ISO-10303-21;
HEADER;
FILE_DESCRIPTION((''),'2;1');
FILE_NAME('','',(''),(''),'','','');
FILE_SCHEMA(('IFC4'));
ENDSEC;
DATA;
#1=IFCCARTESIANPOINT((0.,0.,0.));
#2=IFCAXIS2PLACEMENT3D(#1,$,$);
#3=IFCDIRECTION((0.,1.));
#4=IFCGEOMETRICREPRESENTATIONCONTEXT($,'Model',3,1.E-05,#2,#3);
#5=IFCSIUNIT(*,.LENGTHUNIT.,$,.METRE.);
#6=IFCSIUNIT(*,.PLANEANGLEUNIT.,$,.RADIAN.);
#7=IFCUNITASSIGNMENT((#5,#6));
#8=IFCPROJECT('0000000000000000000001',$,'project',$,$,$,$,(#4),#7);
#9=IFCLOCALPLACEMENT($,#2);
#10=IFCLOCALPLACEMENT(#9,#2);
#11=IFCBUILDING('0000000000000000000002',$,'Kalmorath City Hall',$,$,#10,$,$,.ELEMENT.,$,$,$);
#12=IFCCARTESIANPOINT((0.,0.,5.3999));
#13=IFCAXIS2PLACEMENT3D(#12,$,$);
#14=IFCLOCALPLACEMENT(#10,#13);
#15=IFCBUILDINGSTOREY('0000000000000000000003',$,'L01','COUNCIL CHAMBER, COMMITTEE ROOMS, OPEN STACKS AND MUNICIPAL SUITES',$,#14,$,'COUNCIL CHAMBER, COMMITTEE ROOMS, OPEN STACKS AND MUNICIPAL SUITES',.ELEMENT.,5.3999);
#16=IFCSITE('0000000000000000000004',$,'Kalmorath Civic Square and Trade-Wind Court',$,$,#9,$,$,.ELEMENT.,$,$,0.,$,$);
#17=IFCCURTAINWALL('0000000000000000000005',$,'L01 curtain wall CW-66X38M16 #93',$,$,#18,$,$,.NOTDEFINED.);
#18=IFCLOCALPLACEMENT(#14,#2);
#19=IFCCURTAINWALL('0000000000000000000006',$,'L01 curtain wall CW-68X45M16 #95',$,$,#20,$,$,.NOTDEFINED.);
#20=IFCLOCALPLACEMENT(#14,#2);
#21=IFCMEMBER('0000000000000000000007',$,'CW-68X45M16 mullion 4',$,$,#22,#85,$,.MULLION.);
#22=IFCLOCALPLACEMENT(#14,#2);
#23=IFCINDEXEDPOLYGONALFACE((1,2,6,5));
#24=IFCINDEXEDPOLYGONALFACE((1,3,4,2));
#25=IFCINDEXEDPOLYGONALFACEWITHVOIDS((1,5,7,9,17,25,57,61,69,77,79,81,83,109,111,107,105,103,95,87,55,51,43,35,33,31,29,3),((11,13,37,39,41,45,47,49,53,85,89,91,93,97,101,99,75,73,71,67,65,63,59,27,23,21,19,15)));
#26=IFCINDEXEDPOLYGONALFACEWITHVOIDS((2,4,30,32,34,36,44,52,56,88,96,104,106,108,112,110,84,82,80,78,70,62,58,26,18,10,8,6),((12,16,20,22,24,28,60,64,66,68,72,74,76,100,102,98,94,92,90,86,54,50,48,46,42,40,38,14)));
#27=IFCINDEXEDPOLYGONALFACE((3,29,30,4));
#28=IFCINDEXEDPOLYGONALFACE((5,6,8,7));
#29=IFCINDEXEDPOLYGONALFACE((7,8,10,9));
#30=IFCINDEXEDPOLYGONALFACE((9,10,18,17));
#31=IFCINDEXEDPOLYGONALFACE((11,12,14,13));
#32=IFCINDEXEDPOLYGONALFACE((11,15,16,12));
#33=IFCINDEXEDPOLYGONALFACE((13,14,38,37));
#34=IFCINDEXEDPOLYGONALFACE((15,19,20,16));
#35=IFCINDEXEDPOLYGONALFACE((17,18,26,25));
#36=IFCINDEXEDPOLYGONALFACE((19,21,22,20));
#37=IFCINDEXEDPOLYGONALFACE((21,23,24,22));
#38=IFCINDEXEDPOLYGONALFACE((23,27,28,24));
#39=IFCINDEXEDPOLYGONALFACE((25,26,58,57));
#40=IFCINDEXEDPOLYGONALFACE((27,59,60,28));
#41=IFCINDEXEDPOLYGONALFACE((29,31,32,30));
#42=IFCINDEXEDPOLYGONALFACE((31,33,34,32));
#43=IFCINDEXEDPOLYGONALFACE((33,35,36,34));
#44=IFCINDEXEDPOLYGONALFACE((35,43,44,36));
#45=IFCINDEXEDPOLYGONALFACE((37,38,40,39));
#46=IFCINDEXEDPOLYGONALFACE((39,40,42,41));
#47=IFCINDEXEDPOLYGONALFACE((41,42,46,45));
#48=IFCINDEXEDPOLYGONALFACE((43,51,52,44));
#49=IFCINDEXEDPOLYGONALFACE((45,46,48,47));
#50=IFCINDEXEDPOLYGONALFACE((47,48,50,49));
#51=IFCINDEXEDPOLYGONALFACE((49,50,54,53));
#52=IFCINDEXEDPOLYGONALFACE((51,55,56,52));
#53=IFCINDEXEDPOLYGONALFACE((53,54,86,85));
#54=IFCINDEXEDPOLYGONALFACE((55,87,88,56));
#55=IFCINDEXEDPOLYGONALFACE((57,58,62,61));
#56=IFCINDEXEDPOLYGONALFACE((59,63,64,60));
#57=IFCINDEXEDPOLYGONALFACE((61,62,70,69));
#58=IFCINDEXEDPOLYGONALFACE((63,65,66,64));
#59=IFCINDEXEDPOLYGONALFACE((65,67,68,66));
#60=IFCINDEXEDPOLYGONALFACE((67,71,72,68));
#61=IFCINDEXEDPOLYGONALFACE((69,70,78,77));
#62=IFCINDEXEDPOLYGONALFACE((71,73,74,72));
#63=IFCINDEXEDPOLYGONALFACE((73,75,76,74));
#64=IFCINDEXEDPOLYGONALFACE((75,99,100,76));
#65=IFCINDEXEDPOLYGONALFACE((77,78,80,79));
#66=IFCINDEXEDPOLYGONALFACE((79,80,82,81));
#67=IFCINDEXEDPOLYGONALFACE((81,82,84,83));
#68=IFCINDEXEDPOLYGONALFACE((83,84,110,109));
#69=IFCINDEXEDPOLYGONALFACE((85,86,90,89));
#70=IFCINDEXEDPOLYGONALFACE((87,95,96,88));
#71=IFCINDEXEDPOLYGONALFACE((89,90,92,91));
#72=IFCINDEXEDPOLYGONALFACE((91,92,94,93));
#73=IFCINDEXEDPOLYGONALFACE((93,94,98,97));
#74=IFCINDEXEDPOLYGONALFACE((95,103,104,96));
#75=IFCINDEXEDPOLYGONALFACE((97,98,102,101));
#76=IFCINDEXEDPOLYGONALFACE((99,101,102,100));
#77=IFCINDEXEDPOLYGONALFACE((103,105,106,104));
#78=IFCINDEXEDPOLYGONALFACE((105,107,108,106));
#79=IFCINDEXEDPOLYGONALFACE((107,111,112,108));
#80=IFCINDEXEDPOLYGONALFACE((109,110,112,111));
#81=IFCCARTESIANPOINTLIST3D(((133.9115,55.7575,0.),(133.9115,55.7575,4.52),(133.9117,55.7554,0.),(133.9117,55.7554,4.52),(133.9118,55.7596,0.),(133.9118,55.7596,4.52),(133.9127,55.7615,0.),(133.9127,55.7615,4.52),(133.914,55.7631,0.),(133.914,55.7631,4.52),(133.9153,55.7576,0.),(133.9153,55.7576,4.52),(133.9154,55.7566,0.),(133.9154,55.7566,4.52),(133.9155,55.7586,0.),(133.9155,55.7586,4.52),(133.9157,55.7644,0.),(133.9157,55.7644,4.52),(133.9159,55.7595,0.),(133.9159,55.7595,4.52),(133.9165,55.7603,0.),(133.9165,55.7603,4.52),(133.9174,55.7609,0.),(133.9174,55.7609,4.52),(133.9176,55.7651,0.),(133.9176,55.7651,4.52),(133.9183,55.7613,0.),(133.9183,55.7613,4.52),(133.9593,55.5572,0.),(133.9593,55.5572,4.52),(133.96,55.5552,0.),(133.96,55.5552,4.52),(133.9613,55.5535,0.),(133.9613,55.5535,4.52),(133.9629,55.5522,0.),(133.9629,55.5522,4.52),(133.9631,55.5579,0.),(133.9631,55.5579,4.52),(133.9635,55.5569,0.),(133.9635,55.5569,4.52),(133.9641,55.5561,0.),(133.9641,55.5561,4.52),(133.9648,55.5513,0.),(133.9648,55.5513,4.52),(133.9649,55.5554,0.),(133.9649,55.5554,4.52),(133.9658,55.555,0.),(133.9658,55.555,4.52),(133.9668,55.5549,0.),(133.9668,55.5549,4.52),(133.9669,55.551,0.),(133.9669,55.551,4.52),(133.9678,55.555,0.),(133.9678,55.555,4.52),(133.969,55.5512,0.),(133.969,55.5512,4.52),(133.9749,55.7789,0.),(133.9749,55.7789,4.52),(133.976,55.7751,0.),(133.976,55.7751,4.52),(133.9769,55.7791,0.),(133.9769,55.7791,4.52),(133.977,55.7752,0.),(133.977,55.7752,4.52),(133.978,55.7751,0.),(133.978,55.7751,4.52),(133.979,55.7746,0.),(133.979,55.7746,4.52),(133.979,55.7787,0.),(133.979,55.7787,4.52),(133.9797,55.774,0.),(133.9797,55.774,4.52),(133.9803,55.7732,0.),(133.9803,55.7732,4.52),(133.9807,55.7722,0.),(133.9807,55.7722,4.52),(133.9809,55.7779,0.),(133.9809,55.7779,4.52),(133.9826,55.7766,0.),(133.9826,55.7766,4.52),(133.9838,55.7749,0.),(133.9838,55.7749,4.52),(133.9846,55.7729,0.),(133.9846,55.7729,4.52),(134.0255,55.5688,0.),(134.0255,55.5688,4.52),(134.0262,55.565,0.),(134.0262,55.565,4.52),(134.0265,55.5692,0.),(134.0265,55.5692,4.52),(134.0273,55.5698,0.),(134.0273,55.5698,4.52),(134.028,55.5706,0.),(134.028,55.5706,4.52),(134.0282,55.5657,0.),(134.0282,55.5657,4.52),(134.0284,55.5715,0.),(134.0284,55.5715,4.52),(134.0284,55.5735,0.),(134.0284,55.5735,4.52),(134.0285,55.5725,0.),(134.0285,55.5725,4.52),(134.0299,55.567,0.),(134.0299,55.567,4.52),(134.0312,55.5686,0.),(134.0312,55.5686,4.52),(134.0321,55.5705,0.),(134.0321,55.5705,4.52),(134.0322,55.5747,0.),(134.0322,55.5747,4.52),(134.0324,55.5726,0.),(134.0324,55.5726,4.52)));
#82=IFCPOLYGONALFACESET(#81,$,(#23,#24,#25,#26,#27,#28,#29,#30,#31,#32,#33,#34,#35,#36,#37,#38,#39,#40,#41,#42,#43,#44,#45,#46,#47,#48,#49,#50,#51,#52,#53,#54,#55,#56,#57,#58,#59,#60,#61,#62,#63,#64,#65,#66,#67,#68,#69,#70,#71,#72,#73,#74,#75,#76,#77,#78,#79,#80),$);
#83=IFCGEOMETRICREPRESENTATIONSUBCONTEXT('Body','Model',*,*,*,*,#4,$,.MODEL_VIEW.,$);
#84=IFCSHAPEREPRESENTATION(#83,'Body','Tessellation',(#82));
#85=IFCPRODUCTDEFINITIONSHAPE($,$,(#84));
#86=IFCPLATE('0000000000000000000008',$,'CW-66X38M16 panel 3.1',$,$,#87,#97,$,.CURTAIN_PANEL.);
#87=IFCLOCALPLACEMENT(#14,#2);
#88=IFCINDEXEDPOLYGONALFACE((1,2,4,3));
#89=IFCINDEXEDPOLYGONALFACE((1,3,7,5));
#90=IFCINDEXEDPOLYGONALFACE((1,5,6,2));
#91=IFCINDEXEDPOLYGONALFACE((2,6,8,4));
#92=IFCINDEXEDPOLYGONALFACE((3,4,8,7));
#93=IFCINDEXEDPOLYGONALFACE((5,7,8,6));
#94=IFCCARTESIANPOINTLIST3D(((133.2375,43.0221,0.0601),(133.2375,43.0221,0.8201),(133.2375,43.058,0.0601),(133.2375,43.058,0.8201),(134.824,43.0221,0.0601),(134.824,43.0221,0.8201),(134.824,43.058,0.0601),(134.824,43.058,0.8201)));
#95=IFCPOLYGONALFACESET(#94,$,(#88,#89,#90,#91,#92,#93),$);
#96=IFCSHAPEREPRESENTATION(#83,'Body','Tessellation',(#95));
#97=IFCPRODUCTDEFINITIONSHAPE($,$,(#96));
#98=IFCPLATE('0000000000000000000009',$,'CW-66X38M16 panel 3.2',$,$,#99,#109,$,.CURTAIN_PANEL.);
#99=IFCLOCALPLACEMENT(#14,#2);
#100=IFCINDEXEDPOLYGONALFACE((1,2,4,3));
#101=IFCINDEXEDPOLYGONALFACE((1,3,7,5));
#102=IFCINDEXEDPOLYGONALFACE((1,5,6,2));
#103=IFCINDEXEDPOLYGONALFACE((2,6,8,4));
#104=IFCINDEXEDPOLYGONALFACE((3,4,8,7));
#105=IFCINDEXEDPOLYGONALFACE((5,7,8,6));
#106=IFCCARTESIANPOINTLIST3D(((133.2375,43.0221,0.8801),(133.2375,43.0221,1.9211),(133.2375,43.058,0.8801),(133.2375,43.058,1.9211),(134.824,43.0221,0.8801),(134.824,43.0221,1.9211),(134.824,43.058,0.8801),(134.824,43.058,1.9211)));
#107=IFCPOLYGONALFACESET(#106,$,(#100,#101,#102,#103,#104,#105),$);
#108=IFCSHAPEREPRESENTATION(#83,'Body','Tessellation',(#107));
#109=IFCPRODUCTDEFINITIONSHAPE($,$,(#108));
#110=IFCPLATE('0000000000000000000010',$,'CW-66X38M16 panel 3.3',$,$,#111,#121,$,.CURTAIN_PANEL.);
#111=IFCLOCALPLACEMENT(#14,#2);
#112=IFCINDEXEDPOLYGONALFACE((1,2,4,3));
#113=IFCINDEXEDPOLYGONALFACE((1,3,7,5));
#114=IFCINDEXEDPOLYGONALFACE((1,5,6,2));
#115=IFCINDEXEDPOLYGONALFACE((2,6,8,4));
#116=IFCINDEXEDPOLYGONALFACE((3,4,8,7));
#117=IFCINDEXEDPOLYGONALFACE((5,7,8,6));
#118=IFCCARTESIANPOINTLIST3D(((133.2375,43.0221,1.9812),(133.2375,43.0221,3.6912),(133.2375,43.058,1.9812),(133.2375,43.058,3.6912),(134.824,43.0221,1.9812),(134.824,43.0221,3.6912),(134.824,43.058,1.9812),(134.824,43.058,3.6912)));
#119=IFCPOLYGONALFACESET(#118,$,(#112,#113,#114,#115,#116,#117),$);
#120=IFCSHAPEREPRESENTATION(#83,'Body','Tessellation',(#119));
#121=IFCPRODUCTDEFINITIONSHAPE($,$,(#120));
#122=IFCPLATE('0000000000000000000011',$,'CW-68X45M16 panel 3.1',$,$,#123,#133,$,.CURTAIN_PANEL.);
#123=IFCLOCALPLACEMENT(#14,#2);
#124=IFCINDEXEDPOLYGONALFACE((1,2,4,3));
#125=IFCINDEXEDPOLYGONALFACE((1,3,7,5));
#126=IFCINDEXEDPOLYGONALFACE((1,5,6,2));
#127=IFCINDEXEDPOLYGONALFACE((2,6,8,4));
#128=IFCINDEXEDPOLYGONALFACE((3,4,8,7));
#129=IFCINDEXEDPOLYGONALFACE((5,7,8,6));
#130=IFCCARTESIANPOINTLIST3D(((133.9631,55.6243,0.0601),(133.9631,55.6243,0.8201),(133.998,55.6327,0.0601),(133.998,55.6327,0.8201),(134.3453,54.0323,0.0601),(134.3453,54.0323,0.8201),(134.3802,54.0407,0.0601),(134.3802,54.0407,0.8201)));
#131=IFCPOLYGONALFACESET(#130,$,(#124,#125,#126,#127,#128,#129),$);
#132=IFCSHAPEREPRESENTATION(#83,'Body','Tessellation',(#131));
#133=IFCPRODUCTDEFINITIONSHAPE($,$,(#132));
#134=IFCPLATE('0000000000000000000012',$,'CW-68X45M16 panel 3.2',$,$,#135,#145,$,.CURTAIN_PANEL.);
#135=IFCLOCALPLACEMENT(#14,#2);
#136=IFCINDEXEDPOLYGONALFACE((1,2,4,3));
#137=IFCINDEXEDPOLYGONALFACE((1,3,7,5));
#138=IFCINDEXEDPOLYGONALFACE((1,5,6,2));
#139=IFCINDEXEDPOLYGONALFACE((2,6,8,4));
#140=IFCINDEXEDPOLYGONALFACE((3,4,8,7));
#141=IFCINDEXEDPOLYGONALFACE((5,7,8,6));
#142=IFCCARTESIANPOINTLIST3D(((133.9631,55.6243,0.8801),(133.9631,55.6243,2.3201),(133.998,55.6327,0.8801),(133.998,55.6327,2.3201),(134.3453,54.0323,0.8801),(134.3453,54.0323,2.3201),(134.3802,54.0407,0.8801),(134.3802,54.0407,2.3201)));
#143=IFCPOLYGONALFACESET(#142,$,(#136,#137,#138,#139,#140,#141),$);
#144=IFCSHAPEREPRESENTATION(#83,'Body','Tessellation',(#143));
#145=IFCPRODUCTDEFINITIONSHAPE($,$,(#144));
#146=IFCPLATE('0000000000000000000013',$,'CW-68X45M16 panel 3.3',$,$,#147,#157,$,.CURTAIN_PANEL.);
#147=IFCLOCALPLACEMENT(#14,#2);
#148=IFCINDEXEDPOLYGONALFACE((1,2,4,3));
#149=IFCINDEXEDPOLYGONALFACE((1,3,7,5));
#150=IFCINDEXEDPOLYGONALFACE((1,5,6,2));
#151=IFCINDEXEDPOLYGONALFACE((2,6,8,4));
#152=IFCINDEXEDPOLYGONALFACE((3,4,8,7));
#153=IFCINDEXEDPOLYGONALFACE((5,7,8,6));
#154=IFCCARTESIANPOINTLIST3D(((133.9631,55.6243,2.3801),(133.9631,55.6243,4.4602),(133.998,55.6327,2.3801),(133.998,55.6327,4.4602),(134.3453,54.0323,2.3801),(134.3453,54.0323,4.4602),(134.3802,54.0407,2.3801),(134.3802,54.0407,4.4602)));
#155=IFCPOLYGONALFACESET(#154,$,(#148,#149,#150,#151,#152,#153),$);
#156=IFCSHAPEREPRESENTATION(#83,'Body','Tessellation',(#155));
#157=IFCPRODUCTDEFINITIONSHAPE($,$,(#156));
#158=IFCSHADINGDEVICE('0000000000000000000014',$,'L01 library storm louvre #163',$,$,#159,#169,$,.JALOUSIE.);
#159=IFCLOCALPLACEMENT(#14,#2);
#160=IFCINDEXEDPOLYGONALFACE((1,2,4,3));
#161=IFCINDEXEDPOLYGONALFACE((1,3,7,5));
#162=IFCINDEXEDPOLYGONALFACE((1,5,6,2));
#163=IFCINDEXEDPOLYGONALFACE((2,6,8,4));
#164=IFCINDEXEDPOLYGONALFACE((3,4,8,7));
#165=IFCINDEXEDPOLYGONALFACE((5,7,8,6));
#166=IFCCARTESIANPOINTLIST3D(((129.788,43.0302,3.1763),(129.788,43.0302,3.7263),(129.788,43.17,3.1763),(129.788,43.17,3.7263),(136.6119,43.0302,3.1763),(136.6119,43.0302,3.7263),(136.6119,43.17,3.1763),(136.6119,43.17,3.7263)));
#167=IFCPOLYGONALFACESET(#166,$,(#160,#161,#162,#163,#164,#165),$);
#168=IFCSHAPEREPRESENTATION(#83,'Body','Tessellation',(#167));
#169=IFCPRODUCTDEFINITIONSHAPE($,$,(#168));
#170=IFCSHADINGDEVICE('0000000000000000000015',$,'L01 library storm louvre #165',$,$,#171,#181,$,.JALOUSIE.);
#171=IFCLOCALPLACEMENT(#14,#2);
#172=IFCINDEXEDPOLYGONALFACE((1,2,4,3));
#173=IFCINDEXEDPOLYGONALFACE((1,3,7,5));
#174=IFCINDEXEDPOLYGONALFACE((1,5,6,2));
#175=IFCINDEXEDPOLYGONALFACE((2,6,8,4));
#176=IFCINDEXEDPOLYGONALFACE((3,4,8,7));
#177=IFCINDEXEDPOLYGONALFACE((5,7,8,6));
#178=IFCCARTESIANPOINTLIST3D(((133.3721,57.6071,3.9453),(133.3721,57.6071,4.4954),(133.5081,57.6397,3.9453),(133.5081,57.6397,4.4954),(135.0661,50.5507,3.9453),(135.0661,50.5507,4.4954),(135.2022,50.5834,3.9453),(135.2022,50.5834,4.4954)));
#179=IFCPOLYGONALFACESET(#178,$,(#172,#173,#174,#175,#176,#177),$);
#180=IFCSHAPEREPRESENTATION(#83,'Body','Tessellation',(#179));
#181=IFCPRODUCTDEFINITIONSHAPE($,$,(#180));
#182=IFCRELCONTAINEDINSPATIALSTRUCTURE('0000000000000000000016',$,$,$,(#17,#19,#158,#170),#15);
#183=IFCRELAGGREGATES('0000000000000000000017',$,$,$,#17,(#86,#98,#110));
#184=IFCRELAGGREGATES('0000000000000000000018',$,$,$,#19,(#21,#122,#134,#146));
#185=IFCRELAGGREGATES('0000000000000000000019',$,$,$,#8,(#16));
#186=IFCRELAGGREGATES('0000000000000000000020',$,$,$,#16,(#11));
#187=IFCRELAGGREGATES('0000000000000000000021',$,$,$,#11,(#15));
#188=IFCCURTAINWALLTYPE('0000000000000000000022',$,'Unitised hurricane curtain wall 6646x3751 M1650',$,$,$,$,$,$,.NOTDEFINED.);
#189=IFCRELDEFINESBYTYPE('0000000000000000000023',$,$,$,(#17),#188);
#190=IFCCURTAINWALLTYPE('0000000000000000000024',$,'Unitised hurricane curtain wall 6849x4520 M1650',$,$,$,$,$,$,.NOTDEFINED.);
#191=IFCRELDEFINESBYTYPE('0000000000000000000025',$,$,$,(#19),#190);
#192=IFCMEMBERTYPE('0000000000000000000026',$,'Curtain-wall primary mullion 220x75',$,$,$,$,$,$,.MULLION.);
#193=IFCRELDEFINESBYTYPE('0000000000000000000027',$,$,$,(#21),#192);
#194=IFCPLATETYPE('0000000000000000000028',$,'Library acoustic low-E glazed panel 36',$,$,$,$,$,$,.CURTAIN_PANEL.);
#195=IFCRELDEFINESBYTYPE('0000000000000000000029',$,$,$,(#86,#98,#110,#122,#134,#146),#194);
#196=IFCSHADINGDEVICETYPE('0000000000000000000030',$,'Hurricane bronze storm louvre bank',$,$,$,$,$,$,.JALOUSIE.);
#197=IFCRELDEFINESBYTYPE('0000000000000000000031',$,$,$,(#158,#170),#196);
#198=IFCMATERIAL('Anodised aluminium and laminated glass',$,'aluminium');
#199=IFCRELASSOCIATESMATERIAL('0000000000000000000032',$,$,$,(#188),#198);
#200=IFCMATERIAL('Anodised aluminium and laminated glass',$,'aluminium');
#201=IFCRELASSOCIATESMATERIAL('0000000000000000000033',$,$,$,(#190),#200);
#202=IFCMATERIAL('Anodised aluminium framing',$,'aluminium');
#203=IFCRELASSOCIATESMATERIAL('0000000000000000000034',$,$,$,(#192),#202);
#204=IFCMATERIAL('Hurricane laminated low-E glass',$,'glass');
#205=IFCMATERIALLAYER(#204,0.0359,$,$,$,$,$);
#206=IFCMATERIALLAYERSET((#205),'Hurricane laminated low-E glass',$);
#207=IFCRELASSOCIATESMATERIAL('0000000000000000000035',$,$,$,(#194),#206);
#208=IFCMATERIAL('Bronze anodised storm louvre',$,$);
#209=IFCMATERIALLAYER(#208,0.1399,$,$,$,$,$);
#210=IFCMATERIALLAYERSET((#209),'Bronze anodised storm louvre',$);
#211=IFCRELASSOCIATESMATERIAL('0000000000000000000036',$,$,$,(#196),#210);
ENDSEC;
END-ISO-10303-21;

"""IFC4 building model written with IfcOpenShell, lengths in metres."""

from ifc_helpers import new_model, si_unit, direction, frame, origin, origin_2d, place, context, subcontext, project, spatial, rectangle, hollow_rectangle, extrude, material, layer, layer_set, material_profile, profile_set, type_object, element, aggregate, save


model = new_model("IFC4")

# Units and contexts
model_context = context("Model", 3, precision=1e-05, world=origin(), true_north=direction((0.0, 1.0)))
body_context = subcontext(model_context, "Body", "Model", "MODEL_VIEW")
ifc_project = project(units=[si_unit("LENGTHUNIT", "METRE"), si_unit("PLANEANGLEUNIT", "RADIAN")], contexts=[model_context])

# Site, building, storey
site_placement = place(None, origin())
site = spatial("IfcSite", under=ifc_project, at=site_placement, Name="Kalmorath Civic Square and Trade-Wind Court", CompositionType="ELEMENT", RefElevation=0.0)
building_placement = place(site_placement, origin())
building = spatial("IfcBuilding", under=site, at=building_placement, Name="Kalmorath City Hall", CompositionType="ELEMENT")
storey_placement = place(building_placement, frame((0.0, 0.0, 5.3999)))
storey = spatial("IfcBuildingStorey", under=building, at=storey_placement, Name="L01", Description="COUNCIL CHAMBER, COMMITTEE ROOMS, OPEN STACKS AND MUNICIPAL SUITES", LongName="COUNCIL CHAMBER, COMMITTEE ROOMS, OPEN STACKS AND MUNICIPAL SUITES", CompositionType="ELEMENT", Elevation=5.3999)

# Curtain walls
ifc_material_1 = material(Name="Anodised aluminium and laminated glass", Category="aluminium")
curtain_wall_type_1 = type_object("IfcCurtainWallType", Name="Unitised hurricane curtain wall 6646x3751 M1650", PredefinedType="NOTDEFINED", material=ifc_material_1)
curtain_wall_1_placement = place(storey_placement, origin())
curtain_wall_1 = element("IfcCurtainWall", 1, at=curtain_wall_1_placement, inside=storey, type_object=curtain_wall_type_1, Name="L01 curtain wall CW-66X38M16 #93", PredefinedType="NOTDEFINED")
ifc_material_2 = material(Name="Anodised aluminium and laminated glass", Category="aluminium")
curtain_wall_type_2 = type_object("IfcCurtainWallType", Name="Unitised hurricane curtain wall 6849x4520 M1650", PredefinedType="NOTDEFINED", material=ifc_material_2)
curtain_wall_2_placement = place(storey_placement, origin())
curtain_wall_2 = element("IfcCurtainWall", 2, at=curtain_wall_2_placement, inside=storey, type_object=curtain_wall_type_2, Name="L01 curtain wall CW-68X45M16 #95", PredefinedType="NOTDEFINED")

# Member
ifc_material_3 = material(Name="Anodised aluminium framing", Category="aluminium")
ifc_material_profile_1 = material_profile(ifc_material_3, hollow_rectangle(XDim=0.075, YDim=0.22, WallThickness=0.0039, InnerFilletRadius=0.0039, OuterFilletRadius=0.0081, at=origin_2d()), Name="ALU-MUL-220X75X4")
ifc_profile_set_1 = profile_set([ifc_material_profile_1], Name="Anodised aluminium framing")
member_type_1 = type_object("IfcMemberType", Name="Curtain-wall primary mullion 220x75", PredefinedType="MULLION", material=ifc_profile_set_1)
member_1_placement = place(storey_placement, frame((133.9719, 55.665, 0.0), z_axis=(0.0, 0.0, 1.0), x_axis=(-0.972367, -0.233456, 0.0)))
member_1 = element("IfcMember", 3, at=member_1_placement, type_object=member_type_1, Name="CW-68X45M16 mullion 4", PredefinedType="MULLION", context=body_context, shape_type="SweptSolid", body=[
    extrude(hollow_rectangle(XDim=0.075, YDim=0.22, WallThickness=0.0039, InnerFilletRadius=0.0039, OuterFilletRadius=0.0081, at=origin_2d()), origin(), (0.0, 0.0, 1.0), 4.52),
])

# Plates
ifc_material_4 = material(Name="Hurricane laminated low-E glass", Category="glass")
ifc_layer_1 = layer(ifc_material_4, 0.0359)
ifc_layer_set_1 = layer_set([ifc_layer_1], Name="Hurricane laminated low-E glass")
plate_type = type_object("IfcPlateType", Name="Library acoustic low-E glazed panel 36", PredefinedType="CURTAIN_PANEL", material=ifc_layer_set_1)
plate_1_placement = place(storey_placement, frame((134.0308, 43.04, 0.0601), z_axis=(0.0, 0.0, 1.0), x_axis=(1.0, 0.0, 0.0)))
plate_1 = element("IfcPlate", 4, at=plate_1_placement, type_object=plate_type, Name="CW-66X38M16 panel 3.1", PredefinedType="CURTAIN_PANEL", context=body_context, shape_type="SweptSolid", body=[
    extrude(rectangle(XDim=1.5864, YDim=0.0359, at=origin_2d()), origin(), (0.0, 0.0, 1.0), 0.76),
])
plate_2_placement = place(storey_placement, frame((134.0308, 43.04, 0.8801), z_axis=(0.0, 0.0, 1.0), x_axis=(1.0, 0.0, 0.0)))
plate_2 = element("IfcPlate", 5, at=plate_2_placement, type_object=plate_type, Name="CW-66X38M16 panel 3.2", PredefinedType="CURTAIN_PANEL", context=body_context, shape_type="SweptSolid", body=[
    extrude(rectangle(XDim=1.5864, YDim=0.0359, at=origin_2d()), origin(), (0.0, 0.0, 1.0), 1.041),
])
plate_3_placement = place(storey_placement, frame((134.0308, 43.04, 1.9812), z_axis=(0.0, 0.0, 1.0), x_axis=(1.0, 0.0, 0.0)))
plate_3 = element("IfcPlate", 6, at=plate_3_placement, type_object=plate_type, Name="CW-66X38M16 panel 3.3", PredefinedType="CURTAIN_PANEL", context=body_context, shape_type="SweptSolid", body=[
    extrude(rectangle(XDim=1.5864, YDim=0.0359, at=origin_2d()), origin(), (0.0, 0.0, 1.0), 1.71),
])
aggregate(curtain_wall_1, [plate_1, plate_2, plate_3])
plate_4_placement = place(storey_placement, frame((134.1716, 54.8325, 0.0601), z_axis=(0.0, 0.0, 1.0), x_axis=(-0.233456, 0.972367, 0.0)))
plate_4 = element("IfcPlate", 7, at=plate_4_placement, type_object=plate_type, Name="CW-68X45M16 panel 3.1", PredefinedType="CURTAIN_PANEL", context=body_context, shape_type="SweptSolid", body=[
    extrude(rectangle(XDim=1.6372, YDim=0.0359, at=origin_2d()), origin(), (0.0, 0.0, 1.0), 0.76),
])
plate_5_placement = place(storey_placement, frame((134.1716, 54.8325, 0.8801), z_axis=(0.0, 0.0, 1.0), x_axis=(-0.233456, 0.972367, 0.0)))
plate_5 = element("IfcPlate", 8, at=plate_5_placement, type_object=plate_type, Name="CW-68X45M16 panel 3.2", PredefinedType="CURTAIN_PANEL", context=body_context, shape_type="SweptSolid", body=[
    extrude(rectangle(XDim=1.6372, YDim=0.0359, at=origin_2d()), origin(), (0.0, 0.0, 1.0), 1.4399),
])
plate_6_placement = place(storey_placement, frame((134.1716, 54.8325, 2.3801), z_axis=(0.0, 0.0, 1.0), x_axis=(-0.233456, 0.972367, 0.0)))
plate_6 = element("IfcPlate", 9, at=plate_6_placement, type_object=plate_type, Name="CW-68X45M16 panel 3.3", PredefinedType="CURTAIN_PANEL", context=body_context, shape_type="SweptSolid", body=[
    extrude(rectangle(XDim=1.6372, YDim=0.0359, at=origin_2d()), origin(), (0.0, 0.0, 1.0), 2.0801),
])
aggregate(curtain_wall_2, [member_1, plate_4, plate_5, plate_6])

# Shading devices
ifc_material_5 = material(Name="Bronze anodised storm louvre")
ifc_layer_2 = layer(ifc_material_5, 0.1399)
ifc_layer_set_2 = layer_set([ifc_layer_2], Name="Bronze anodised storm louvre")
shading_device_type = type_object("IfcShadingDeviceType", Name="Hurricane bronze storm louvre bank", PredefinedType="JALOUSIE", material=ifc_layer_set_2)
shading_device_1_placement = place(storey_placement, frame((133.2, 43.1001, 3.1763), z_axis=(0.0, 0.0, 1.0), x_axis=(1.0, 0.0, 0.0)))
element("IfcShadingDevice", 10, at=shading_device_1_placement, inside=storey, type_object=shading_device_type, Name="L01 library storm louvre #163", PredefinedType="JALOUSIE", context=body_context, shape_type="SweptSolid", body=[
    extrude(rectangle(XDim=6.824, YDim=0.1399, at=origin_2d()), origin(), (0.0, 0.0, 1.0), 0.55),
])
shading_device_2_placement = place(storey_placement, frame((134.2871, 54.0952, 3.9453), z_axis=(0.0, 0.0, 1.0), x_axis=(-0.233445, 0.97237, 0.0)))
element("IfcShadingDevice", 11, at=shading_device_2_placement, inside=storey, type_object=shading_device_type, Name="L01 library storm louvre #165", PredefinedType="JALOUSIE", context=body_context, shape_type="SweptSolid", body=[
    extrude(rectangle(XDim=7.2568, YDim=0.1399, at=origin_2d()), origin(), (0.0, 0.0, 1.0), 0.55),
])

save(model, "model.ifc")
